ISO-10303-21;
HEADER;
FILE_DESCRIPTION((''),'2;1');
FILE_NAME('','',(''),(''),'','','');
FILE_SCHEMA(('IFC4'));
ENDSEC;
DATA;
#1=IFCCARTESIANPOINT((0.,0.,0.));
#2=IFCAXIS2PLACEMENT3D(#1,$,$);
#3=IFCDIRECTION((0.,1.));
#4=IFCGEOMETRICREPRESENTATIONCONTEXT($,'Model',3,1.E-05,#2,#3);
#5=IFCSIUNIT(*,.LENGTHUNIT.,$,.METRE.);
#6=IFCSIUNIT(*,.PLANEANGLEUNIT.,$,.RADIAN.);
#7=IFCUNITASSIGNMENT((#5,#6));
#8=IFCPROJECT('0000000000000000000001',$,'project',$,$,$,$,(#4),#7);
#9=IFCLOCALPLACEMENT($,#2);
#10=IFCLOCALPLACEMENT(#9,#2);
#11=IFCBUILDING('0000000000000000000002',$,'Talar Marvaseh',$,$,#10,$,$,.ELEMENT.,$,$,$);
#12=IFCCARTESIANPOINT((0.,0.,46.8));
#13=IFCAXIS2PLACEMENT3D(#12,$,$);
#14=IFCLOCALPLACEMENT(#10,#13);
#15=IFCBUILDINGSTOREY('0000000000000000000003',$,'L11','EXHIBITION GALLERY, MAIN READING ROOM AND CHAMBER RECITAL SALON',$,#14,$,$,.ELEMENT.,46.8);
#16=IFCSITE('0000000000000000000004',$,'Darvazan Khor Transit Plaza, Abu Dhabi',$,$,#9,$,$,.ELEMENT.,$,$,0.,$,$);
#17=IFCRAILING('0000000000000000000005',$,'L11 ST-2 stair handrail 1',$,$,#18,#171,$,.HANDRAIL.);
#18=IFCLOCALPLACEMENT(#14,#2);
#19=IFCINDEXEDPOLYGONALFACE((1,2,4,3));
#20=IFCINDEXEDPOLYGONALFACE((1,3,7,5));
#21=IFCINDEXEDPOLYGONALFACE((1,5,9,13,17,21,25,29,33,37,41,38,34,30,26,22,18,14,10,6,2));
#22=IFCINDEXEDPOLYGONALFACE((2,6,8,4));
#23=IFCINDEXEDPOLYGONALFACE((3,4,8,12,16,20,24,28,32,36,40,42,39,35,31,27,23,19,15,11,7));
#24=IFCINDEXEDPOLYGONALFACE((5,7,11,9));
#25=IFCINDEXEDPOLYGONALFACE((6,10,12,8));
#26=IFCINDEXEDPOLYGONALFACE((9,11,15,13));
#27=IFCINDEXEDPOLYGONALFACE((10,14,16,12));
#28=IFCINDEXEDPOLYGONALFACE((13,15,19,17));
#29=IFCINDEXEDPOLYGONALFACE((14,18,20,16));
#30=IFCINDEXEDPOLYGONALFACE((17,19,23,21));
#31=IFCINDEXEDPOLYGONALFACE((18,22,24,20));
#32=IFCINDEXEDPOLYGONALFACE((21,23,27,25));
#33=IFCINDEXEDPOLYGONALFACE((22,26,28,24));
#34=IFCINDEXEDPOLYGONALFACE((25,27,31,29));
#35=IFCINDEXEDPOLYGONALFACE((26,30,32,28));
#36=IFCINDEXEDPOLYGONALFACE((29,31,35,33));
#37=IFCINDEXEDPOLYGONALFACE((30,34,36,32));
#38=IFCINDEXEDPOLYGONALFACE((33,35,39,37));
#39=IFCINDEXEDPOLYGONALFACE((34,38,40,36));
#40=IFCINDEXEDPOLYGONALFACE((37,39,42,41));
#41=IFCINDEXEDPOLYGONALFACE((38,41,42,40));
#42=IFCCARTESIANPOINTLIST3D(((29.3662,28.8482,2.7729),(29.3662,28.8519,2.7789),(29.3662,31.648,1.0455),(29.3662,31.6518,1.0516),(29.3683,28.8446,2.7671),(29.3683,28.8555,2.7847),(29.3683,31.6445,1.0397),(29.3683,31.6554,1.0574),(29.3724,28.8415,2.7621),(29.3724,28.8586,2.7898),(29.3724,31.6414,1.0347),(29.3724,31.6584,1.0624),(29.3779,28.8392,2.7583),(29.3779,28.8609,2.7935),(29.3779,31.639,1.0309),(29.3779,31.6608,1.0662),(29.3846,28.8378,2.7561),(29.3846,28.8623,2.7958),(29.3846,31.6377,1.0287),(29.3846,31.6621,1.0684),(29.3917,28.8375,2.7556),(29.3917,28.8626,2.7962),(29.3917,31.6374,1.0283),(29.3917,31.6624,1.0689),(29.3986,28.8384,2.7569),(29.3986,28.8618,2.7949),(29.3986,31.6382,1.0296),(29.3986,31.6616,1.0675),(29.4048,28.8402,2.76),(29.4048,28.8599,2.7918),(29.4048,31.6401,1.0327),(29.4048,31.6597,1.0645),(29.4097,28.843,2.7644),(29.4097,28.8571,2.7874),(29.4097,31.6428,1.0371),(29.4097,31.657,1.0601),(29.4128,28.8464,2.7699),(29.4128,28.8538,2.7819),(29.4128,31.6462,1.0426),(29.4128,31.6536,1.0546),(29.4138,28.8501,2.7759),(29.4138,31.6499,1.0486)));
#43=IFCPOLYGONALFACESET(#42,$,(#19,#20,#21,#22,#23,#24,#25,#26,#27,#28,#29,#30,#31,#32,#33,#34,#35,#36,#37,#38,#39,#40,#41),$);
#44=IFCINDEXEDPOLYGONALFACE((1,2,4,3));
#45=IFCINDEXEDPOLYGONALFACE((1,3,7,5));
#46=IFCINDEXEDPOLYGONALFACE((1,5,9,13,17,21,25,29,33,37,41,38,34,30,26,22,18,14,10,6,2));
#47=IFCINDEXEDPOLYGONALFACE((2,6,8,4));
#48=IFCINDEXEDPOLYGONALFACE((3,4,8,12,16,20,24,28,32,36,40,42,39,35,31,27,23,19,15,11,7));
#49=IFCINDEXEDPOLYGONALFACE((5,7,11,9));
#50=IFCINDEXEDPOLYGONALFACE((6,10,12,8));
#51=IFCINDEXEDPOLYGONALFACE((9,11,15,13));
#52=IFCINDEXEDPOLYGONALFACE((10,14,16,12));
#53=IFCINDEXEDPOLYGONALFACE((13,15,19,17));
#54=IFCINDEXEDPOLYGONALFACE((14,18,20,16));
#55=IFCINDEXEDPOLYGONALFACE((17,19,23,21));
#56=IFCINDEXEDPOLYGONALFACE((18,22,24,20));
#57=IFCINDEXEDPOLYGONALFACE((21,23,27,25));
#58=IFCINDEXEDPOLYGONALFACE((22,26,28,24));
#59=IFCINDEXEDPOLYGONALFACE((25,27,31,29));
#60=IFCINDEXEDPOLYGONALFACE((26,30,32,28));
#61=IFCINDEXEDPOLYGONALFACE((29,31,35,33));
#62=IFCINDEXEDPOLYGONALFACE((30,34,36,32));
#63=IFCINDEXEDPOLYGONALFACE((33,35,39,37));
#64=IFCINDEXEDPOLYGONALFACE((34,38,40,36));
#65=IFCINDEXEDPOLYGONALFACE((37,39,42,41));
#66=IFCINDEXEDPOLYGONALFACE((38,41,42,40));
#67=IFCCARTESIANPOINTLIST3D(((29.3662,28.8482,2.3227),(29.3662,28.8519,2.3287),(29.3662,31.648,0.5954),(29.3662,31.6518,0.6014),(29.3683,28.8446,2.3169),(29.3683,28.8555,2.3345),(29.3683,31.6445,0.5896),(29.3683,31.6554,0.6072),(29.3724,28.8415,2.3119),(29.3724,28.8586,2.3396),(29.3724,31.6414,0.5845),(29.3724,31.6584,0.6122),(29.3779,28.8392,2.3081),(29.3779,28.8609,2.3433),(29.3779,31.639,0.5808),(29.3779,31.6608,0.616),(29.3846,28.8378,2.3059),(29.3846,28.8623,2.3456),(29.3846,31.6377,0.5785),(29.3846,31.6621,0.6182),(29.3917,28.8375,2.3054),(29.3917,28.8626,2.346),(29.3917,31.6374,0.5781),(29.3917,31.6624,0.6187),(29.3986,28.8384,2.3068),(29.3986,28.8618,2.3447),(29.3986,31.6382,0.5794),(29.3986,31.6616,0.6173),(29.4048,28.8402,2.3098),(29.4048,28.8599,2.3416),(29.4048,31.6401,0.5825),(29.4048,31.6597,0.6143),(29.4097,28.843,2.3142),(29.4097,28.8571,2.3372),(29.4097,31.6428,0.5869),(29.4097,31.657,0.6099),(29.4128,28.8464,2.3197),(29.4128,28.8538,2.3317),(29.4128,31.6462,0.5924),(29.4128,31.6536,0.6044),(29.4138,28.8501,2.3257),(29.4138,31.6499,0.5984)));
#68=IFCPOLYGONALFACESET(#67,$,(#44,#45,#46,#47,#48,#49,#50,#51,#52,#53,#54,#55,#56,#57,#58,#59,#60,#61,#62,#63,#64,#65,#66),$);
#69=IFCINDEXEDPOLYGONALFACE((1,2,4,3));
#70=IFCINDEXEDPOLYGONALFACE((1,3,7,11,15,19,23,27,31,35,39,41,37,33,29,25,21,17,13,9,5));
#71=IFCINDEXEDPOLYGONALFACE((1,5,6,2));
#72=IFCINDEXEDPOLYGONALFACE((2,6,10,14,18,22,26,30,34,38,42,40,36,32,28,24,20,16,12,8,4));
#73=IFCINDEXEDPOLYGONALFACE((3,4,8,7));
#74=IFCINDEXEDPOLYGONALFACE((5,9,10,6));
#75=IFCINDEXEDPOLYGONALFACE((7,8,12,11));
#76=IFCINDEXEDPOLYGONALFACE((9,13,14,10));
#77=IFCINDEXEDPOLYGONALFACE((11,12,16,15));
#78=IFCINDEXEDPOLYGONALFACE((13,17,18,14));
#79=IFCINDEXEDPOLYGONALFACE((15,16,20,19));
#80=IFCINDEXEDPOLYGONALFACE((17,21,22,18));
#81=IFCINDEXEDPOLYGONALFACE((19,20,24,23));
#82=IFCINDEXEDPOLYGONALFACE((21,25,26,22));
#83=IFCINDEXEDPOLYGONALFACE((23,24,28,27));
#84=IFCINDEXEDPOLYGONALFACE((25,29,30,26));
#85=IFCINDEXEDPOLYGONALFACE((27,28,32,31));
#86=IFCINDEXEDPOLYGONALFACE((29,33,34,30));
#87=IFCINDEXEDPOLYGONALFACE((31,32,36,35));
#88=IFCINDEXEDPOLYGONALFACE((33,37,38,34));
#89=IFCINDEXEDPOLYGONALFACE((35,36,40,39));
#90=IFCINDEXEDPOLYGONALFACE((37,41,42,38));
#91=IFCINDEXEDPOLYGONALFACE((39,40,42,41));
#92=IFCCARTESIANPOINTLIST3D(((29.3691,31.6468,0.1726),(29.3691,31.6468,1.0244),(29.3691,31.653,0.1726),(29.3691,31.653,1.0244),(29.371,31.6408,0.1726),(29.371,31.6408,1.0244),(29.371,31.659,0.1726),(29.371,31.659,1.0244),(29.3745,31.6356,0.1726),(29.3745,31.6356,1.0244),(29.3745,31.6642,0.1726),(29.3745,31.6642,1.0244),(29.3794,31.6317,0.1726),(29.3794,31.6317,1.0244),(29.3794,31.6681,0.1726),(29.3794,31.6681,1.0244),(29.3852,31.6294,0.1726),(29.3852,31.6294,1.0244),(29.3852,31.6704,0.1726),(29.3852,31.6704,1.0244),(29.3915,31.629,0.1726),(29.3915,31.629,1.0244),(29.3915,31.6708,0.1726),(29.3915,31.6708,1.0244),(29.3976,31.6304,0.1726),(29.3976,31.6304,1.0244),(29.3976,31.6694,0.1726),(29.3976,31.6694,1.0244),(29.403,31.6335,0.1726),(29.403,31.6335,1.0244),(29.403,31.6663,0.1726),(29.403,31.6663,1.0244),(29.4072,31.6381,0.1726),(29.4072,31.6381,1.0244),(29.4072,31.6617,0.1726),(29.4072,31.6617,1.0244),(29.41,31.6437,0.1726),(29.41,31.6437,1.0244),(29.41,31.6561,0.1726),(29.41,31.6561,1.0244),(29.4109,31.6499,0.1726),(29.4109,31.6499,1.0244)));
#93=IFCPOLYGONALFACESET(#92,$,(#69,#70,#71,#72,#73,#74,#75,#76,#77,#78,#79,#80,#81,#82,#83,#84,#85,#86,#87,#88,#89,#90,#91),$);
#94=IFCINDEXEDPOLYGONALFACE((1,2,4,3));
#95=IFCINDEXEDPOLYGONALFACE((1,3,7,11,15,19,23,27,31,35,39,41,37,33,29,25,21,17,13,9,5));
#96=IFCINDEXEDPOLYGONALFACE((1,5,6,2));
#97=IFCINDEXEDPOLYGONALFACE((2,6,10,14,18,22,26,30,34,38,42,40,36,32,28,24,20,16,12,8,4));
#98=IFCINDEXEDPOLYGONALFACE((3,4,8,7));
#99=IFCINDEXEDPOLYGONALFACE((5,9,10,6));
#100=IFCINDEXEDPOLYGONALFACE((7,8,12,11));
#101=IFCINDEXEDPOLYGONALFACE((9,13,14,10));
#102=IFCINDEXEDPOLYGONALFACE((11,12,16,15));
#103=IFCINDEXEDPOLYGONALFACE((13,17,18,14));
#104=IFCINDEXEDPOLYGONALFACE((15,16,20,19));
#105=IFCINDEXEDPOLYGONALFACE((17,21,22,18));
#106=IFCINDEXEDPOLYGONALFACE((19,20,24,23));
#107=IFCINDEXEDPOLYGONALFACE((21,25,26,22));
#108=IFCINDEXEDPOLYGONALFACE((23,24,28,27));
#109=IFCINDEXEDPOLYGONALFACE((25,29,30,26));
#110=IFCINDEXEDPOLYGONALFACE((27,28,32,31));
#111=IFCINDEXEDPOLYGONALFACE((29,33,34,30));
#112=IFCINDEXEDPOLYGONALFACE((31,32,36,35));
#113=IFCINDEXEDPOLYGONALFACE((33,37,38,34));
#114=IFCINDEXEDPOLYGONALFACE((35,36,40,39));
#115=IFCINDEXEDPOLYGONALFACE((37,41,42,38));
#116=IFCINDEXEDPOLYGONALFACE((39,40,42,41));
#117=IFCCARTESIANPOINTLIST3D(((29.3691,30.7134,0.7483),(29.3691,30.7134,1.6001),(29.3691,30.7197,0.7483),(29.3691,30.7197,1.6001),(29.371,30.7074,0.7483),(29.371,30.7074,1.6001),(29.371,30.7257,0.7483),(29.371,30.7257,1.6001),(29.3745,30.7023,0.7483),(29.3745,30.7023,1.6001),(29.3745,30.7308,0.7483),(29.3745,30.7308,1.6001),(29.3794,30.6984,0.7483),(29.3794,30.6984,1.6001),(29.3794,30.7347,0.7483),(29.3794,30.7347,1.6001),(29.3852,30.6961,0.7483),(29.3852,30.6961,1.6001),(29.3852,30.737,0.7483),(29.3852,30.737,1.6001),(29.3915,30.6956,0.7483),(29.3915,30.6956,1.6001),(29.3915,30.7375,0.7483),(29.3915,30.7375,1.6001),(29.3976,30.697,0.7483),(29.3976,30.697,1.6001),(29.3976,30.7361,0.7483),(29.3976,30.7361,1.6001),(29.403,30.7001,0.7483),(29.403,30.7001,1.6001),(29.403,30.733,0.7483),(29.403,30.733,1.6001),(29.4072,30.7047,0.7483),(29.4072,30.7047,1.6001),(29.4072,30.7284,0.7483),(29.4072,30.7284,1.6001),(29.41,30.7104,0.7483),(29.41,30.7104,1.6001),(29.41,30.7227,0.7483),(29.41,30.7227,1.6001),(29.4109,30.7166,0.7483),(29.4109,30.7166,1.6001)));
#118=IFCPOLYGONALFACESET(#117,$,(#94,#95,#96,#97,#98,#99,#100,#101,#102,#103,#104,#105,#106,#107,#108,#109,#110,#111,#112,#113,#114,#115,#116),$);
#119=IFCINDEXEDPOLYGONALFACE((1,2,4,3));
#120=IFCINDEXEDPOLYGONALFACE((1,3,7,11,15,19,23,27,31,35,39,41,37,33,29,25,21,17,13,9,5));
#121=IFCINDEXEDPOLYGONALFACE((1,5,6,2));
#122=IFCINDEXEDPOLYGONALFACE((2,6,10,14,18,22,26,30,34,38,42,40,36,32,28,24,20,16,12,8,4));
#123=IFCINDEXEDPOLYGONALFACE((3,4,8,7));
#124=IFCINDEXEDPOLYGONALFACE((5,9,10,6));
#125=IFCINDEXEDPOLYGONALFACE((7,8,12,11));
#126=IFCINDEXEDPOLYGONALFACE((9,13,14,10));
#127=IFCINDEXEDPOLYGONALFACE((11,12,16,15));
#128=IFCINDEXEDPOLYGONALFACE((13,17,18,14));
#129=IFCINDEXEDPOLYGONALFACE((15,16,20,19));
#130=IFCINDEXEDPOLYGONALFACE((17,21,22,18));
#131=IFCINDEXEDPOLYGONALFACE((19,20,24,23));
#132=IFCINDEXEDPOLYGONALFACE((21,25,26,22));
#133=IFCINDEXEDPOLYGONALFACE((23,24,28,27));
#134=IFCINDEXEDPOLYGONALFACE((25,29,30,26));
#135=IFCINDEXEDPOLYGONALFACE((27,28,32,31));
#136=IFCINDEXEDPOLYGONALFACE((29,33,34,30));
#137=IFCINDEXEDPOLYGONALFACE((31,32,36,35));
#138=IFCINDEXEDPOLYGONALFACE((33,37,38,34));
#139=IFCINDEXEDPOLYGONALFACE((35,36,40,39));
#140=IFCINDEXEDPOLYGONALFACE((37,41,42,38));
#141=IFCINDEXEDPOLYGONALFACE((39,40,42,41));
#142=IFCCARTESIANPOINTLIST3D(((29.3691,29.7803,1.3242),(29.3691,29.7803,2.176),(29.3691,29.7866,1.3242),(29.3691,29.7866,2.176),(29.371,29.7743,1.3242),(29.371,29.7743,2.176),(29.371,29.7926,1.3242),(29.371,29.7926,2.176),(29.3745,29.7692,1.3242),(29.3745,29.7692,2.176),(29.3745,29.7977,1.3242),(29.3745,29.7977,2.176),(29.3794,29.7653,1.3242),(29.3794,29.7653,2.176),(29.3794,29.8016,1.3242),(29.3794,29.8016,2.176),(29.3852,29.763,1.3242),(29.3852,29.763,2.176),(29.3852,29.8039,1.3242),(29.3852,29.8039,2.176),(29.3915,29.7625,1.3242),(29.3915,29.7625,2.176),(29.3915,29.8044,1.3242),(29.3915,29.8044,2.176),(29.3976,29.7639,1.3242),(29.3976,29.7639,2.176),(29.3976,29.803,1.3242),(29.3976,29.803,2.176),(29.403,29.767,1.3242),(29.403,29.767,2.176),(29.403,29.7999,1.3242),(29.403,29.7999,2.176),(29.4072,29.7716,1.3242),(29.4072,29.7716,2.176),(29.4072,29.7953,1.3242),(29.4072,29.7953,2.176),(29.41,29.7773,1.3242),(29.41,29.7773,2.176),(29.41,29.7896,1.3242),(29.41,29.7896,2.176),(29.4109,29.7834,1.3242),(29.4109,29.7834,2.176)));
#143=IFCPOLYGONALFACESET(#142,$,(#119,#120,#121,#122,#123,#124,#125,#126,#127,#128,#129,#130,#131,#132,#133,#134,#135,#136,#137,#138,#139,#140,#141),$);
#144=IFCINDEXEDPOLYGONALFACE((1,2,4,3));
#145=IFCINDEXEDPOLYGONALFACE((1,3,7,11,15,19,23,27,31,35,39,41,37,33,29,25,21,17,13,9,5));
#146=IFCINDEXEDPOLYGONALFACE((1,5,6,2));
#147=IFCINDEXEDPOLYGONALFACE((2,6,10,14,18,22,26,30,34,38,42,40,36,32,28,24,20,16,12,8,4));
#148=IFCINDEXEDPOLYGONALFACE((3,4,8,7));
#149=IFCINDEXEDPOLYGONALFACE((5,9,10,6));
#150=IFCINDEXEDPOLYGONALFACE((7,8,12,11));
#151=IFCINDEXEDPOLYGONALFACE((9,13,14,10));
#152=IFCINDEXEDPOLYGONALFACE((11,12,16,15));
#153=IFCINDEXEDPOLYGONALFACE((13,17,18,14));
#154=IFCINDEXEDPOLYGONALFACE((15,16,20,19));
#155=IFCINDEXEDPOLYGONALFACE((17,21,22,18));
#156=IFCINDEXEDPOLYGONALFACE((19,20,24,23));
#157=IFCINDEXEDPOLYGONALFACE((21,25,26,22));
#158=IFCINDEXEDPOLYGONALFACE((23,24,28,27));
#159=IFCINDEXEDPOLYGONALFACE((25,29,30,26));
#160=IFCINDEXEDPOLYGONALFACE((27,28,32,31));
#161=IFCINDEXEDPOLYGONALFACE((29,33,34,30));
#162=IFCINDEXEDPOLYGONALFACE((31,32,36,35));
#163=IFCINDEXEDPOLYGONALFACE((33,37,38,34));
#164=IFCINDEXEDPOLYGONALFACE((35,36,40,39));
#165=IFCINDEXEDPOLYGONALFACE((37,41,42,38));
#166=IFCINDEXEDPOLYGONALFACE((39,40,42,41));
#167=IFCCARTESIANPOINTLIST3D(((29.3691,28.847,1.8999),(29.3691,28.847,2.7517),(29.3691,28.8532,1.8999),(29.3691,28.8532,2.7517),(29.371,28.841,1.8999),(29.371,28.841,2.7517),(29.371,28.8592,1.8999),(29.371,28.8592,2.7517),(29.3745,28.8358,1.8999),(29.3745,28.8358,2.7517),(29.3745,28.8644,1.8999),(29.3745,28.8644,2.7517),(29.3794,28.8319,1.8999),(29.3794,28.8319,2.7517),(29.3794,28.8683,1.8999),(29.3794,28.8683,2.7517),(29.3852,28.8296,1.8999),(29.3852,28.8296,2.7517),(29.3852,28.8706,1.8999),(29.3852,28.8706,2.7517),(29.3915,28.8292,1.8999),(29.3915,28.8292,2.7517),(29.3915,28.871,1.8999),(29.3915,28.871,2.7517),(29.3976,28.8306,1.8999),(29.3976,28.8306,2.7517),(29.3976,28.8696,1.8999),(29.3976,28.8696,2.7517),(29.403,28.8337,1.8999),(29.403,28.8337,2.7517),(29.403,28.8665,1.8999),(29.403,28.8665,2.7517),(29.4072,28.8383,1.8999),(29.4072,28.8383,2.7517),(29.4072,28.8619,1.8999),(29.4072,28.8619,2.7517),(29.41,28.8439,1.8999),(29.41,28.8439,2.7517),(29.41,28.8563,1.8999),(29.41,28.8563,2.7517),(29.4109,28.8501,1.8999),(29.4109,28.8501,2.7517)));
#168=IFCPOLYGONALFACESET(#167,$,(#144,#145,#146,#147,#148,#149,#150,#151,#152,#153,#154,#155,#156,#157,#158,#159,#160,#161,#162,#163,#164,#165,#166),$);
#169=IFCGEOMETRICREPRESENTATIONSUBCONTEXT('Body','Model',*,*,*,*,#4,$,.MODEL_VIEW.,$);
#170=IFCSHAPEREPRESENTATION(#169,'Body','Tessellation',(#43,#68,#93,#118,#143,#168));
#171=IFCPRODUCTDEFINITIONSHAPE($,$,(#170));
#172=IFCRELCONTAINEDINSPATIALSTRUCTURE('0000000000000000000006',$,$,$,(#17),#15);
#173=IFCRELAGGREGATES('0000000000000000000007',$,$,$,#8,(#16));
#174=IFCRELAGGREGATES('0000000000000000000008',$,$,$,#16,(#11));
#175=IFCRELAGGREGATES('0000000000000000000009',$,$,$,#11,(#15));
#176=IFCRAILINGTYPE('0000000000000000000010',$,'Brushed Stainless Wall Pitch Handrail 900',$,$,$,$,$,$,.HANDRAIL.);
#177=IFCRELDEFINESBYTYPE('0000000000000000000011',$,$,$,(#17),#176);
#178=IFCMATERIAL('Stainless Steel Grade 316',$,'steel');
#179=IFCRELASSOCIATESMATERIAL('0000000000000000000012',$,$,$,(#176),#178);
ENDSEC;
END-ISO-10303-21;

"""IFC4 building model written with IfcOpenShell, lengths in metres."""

from ifc_helpers import new_model, si_unit, direction, frame, origin, origin_2d, place, context, subcontext, project, spatial, circle, extrude, material, type_object, element, save


model = new_model("IFC4")

# Units and contexts
model_context = context("Model", 3, precision=1e-05, world=origin(), true_north=direction((0.0, 1.0)))
body_context = subcontext(model_context, "Body", "Model", "MODEL_VIEW")
ifc_project = project(units=[si_unit("LENGTHUNIT", "METRE"), si_unit("PLANEANGLEUNIT", "RADIAN")], contexts=[model_context])

# Site, building, storey
site_placement = place(None, origin())
site = spatial("IfcSite", under=ifc_project, at=site_placement, Name="Darvazan Khor Transit Plaza, Abu Dhabi", CompositionType="ELEMENT", RefElevation=0.0)
building_placement = place(site_placement, origin())
building = spatial("IfcBuilding", under=site, at=building_placement, Name="Talar Marvaseh", CompositionType="ELEMENT")
storey_placement = place(building_placement, frame((0.0, 0.0, 46.8)))
storey = spatial("IfcBuildingStorey", under=building, at=storey_placement, Name="L11", Description="EXHIBITION GALLERY, MAIN READING ROOM AND CHAMBER RECITAL SALON", CompositionType="ELEMENT", Elevation=46.8)

# Railing
ifc_material_1 = material(Name="Stainless Steel Grade 316", Category="steel")
railing_type_1 = type_object("IfcRailingType", Name="Brushed Stainless Wall Pitch Handrail 900", PredefinedType="HANDRAIL", material=ifc_material_1)
railing_1_placement = place(storey_placement, frame((29.3899, 31.6499, 0.1726)))
element("IfcRailing", 1, at=railing_1_placement, inside=storey, type_object=railing_type_1, Name="L11 ST-2 stair handrail 1", PredefinedType="HANDRAIL", context=body_context, shape_type="SweptSolid", body=[
    extrude(circle(Radius=0.0239, at=origin_2d()), frame((0.0, 0.0, 0.876), z_axis=(0.0, -0.851069, 0.525054), x_axis=(1.0, 0.0, 0.0)), (0.0, 0.0, 1.0), 3.2898),
    extrude(circle(Radius=0.0239, at=origin_2d()), frame((0.0, 0.0, 0.4258), z_axis=(0.0, -0.851069, 0.525054), x_axis=(1.0, 0.0, 0.0)), (0.0, 0.0, 1.0), 3.2898),
    extrude(circle(Radius=0.021, at=origin_2d()), origin(), (0.0, 0.0, 1.0), 0.8518),
    extrude(circle(Radius=0.021, at=origin_2d()), frame((0.0, -0.9333, 0.5757)), (0.0, 0.0, 1.0), 0.8518),
    extrude(circle(Radius=0.021, at=origin_2d()), frame((0.0, -1.8665, 1.1516)), (0.0, 0.0, 1.0), 0.8518),
    extrude(circle(Radius=0.021, at=origin_2d()), frame((0.0, -2.7998, 1.7273)), (0.0, 0.0, 1.0), 0.8518),
])

save(model, "model.ifc")
